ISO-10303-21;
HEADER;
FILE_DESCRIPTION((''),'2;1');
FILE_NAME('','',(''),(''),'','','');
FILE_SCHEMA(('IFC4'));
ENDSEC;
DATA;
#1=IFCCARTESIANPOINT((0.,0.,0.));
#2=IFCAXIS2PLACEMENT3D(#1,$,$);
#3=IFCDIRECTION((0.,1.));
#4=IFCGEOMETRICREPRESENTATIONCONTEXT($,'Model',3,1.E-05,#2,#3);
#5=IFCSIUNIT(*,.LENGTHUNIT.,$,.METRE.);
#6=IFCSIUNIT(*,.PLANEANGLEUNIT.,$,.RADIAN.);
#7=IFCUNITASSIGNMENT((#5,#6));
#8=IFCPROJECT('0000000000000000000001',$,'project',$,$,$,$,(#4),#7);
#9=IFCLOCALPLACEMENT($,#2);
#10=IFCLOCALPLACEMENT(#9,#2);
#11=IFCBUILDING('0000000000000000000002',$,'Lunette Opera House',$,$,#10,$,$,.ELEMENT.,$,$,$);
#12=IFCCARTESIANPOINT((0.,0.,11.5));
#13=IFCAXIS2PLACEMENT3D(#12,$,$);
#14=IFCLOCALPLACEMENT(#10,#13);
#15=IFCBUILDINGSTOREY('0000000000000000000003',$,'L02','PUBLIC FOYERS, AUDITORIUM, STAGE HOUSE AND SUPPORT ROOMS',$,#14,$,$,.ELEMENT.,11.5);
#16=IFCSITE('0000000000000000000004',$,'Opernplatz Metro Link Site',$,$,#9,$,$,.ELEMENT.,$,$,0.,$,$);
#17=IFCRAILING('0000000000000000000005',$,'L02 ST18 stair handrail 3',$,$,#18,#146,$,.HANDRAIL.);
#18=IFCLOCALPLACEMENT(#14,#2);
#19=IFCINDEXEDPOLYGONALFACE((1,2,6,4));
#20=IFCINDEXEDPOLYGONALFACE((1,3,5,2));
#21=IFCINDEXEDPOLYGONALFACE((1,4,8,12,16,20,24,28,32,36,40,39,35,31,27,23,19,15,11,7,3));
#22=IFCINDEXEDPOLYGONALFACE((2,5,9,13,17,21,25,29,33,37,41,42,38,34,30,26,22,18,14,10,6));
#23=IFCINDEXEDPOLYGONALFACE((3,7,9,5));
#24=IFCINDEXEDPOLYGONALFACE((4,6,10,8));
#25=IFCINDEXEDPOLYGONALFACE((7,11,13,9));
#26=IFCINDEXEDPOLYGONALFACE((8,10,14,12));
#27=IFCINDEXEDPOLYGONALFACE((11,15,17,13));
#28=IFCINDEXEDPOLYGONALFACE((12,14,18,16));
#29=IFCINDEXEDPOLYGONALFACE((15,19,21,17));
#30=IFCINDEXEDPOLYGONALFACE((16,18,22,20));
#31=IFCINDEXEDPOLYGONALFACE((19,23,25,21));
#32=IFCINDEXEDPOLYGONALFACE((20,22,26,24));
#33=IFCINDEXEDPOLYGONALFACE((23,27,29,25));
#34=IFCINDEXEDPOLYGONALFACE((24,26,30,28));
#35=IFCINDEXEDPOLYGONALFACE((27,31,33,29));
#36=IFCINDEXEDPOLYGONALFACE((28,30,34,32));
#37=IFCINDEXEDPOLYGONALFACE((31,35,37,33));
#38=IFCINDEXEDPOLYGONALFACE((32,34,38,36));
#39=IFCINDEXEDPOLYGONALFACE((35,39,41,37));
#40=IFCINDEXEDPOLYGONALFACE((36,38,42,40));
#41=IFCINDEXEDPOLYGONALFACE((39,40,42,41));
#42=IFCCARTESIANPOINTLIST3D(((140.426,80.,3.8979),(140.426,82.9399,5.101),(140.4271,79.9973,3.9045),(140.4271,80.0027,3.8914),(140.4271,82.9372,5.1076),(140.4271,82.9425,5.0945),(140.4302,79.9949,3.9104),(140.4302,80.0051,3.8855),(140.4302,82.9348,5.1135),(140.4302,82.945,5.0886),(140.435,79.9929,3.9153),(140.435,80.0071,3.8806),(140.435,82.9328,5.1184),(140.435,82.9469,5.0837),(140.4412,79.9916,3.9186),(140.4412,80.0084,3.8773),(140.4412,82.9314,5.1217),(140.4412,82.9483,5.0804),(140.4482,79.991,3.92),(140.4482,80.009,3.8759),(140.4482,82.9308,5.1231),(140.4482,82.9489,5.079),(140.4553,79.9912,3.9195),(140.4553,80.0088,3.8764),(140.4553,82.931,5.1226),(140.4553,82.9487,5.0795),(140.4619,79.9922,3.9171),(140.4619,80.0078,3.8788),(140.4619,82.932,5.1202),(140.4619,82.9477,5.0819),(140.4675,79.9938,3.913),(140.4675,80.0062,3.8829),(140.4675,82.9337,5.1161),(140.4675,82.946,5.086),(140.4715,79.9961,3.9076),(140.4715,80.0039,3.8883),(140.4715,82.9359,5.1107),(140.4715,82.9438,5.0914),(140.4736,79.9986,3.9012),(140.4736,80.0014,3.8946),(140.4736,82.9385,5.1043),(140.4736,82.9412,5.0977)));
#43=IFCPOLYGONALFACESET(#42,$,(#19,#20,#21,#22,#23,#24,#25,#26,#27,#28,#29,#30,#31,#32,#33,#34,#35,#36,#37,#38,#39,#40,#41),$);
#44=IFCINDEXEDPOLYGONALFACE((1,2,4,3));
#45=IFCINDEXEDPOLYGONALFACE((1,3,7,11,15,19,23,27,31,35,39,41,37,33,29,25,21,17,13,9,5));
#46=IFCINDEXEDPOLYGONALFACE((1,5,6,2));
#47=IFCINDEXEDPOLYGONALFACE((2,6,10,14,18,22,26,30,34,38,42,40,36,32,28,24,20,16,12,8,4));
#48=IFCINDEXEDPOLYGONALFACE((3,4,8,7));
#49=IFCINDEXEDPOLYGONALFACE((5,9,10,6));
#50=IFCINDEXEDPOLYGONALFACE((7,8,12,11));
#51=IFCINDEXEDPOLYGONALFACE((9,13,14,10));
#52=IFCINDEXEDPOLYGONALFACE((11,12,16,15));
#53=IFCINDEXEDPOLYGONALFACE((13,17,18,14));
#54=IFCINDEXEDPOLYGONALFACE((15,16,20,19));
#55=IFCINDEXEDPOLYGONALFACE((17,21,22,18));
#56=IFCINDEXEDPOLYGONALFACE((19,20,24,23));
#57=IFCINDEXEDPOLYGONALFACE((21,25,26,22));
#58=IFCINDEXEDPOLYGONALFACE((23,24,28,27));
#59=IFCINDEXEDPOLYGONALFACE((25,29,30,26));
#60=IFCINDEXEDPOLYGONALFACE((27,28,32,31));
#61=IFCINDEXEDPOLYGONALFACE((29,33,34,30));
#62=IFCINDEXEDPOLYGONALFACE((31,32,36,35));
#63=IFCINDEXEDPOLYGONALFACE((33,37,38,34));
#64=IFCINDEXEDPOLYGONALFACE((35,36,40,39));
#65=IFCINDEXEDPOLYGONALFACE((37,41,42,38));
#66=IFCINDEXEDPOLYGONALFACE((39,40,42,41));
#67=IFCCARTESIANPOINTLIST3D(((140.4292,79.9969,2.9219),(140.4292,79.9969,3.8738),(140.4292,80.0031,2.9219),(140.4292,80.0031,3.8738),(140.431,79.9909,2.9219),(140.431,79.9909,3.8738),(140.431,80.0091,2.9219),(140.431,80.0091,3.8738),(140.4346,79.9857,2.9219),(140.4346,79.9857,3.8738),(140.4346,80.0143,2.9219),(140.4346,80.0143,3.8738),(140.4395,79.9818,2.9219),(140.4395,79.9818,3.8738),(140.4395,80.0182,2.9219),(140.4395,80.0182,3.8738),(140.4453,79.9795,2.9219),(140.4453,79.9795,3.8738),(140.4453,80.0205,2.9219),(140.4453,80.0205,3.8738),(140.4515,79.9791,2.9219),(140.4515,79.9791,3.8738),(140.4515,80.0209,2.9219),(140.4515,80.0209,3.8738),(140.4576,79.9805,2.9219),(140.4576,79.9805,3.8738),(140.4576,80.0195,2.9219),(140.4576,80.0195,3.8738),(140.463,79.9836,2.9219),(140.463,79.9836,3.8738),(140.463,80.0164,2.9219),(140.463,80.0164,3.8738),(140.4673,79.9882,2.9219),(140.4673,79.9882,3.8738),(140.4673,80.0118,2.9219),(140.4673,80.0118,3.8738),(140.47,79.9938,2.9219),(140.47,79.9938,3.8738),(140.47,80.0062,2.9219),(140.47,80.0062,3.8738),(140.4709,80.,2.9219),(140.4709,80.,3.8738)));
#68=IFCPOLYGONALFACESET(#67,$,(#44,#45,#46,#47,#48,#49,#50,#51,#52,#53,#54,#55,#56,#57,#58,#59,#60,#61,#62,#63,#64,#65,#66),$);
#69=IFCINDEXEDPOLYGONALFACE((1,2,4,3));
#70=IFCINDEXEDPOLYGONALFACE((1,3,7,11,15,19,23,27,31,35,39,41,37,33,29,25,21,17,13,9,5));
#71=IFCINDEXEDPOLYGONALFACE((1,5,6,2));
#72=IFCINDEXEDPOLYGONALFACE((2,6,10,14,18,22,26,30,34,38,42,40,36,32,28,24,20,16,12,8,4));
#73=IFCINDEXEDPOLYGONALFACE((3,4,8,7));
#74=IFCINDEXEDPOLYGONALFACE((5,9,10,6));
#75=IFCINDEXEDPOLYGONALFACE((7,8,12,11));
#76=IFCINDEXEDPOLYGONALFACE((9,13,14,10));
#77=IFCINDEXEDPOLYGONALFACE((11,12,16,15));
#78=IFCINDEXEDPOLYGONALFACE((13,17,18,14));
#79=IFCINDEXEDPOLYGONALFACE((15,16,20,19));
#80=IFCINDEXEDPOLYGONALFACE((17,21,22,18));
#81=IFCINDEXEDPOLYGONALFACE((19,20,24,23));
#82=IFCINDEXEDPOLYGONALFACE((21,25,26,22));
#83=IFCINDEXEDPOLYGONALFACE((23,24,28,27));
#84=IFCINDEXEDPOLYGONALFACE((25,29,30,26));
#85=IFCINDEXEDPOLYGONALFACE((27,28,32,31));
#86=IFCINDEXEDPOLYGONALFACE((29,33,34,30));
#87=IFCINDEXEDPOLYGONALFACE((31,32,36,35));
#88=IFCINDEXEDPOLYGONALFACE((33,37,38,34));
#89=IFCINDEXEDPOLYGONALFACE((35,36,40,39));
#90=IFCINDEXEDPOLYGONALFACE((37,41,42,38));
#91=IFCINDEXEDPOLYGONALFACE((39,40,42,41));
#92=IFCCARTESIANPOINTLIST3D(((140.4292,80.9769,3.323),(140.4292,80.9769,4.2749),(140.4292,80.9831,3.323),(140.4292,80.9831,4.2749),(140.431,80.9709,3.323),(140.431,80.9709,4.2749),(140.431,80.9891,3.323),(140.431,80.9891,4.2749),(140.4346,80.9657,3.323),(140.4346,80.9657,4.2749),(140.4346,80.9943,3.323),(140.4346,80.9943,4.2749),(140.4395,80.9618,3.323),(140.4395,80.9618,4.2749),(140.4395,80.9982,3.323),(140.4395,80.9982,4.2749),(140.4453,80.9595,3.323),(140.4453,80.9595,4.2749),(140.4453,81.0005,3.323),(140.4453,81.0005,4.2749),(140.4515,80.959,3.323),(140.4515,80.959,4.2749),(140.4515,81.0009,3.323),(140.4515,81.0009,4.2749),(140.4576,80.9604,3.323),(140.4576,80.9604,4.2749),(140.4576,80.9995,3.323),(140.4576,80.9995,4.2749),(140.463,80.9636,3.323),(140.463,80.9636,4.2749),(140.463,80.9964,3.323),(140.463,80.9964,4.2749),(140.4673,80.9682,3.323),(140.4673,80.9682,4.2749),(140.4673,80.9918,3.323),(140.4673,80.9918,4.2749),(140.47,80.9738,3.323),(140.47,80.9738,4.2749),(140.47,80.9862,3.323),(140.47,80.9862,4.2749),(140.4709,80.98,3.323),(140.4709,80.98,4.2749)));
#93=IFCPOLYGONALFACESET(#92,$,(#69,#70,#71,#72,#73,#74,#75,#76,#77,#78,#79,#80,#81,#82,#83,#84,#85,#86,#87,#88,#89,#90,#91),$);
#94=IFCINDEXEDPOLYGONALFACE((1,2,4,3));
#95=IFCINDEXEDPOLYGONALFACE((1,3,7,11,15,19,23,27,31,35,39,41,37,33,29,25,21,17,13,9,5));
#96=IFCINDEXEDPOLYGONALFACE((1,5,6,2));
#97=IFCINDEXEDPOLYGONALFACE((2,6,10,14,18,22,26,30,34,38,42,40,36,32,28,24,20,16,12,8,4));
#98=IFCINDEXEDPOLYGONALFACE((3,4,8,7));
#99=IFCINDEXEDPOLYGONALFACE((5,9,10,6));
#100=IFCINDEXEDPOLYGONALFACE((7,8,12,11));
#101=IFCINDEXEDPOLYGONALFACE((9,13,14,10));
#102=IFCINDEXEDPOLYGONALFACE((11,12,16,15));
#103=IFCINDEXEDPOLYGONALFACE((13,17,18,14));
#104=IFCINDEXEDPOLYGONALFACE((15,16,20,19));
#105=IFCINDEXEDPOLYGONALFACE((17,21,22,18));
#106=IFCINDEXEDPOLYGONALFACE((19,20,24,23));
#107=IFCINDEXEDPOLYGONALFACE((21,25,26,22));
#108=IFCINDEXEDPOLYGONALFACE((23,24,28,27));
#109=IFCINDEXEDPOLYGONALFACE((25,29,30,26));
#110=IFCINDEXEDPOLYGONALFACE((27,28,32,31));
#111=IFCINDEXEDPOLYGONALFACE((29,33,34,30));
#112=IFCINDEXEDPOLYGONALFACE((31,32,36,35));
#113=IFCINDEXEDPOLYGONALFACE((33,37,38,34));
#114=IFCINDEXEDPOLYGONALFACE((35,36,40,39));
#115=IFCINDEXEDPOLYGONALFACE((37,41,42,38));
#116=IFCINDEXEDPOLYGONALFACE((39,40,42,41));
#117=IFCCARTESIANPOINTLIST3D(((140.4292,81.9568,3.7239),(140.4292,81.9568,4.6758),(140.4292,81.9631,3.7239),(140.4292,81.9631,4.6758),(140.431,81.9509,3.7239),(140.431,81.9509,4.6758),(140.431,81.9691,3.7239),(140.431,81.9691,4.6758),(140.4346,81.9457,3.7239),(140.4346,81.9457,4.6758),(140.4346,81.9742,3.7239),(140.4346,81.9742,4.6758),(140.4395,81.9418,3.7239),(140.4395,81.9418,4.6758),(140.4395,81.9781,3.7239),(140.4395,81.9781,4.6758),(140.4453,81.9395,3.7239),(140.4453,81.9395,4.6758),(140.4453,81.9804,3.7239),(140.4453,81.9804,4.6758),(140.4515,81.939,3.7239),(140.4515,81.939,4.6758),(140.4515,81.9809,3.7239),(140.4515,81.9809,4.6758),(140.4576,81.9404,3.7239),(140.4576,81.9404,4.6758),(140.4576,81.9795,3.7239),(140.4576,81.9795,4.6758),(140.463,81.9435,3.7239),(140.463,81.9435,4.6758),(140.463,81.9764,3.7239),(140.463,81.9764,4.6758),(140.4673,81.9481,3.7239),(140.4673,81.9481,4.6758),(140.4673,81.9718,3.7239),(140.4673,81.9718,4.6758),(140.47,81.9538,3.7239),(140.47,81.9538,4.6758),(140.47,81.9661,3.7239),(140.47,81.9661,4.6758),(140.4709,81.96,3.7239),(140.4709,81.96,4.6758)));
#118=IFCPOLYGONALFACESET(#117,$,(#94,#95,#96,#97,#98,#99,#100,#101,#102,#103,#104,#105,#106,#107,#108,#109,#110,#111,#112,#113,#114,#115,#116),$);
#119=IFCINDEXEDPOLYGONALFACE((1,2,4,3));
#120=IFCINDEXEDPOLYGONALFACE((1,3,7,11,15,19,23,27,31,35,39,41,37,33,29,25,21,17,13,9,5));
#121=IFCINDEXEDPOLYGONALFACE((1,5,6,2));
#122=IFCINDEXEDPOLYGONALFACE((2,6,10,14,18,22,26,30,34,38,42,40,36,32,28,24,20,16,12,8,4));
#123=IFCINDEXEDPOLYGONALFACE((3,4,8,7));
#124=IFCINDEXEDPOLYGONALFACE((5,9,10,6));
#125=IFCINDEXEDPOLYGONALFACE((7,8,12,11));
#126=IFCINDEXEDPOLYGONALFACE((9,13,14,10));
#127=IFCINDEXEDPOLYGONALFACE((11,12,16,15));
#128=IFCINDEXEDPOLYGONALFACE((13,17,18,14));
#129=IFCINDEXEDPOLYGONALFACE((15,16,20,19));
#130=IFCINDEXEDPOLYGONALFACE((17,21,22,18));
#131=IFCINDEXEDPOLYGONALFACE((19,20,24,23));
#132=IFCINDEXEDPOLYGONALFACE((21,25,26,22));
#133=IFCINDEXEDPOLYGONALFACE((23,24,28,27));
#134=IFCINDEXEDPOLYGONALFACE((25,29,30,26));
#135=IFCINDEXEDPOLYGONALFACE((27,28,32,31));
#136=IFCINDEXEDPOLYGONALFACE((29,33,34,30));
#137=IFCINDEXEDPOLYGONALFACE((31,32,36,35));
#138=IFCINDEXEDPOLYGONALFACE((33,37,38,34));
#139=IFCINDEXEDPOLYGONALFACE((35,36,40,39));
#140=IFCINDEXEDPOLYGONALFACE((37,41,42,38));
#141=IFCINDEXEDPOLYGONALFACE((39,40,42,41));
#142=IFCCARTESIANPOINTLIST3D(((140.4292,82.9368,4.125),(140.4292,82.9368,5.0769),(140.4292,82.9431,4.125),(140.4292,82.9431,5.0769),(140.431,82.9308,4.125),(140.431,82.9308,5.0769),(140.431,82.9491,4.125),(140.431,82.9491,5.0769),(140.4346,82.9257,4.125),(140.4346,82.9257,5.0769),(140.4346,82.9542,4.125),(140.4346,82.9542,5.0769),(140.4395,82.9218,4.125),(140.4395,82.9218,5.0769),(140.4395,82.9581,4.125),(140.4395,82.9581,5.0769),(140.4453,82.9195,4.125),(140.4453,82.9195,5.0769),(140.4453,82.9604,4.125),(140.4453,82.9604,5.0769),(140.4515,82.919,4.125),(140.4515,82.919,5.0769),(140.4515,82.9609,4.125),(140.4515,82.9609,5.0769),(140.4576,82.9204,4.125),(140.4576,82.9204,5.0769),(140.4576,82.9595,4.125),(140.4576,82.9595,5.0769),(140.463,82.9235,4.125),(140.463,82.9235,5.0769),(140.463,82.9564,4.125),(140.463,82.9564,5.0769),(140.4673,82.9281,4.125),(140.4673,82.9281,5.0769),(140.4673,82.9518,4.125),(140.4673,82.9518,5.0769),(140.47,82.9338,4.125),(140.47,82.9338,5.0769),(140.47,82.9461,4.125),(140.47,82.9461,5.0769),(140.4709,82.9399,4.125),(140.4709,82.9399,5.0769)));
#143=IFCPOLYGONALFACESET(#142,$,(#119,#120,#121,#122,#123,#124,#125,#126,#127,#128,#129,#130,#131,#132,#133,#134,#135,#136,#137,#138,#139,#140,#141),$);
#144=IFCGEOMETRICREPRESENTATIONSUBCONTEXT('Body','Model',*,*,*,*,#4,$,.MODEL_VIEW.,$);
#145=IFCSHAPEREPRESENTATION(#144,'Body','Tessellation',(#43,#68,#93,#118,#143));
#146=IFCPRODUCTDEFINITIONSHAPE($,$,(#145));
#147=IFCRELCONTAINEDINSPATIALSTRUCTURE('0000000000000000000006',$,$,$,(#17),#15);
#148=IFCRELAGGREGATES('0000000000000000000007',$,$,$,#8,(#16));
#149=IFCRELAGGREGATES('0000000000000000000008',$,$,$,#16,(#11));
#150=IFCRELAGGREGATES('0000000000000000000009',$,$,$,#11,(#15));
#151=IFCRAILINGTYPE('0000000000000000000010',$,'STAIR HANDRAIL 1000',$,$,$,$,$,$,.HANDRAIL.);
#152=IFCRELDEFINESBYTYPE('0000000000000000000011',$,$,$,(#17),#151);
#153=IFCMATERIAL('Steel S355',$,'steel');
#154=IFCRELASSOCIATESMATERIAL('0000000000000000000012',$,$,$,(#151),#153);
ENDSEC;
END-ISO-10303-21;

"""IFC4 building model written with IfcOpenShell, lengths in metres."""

from ifc_helpers import new_model, si_unit, direction, frame, origin, origin_2d, place, context, subcontext, project, spatial, circle, extrude, material, type_object, element, save


model = new_model("IFC4")

# Units and contexts
model_context = context("Model", 3, precision=1e-05, world=origin(), true_north=direction((0.0, 1.0)))
body_context = subcontext(model_context, "Body", "Model", "MODEL_VIEW")
ifc_project = project(units=[si_unit("LENGTHUNIT", "METRE"), si_unit("PLANEANGLEUNIT", "RADIAN")], contexts=[model_context])

# Site, building, storey
site_placement = place(None, origin())
site = spatial("IfcSite", under=ifc_project, at=site_placement, Name="Opernplatz Metro Link Site", CompositionType="ELEMENT", RefElevation=0.0)
building_placement = place(site_placement, origin())
building = spatial("IfcBuilding", under=site, at=building_placement, Name="Lunette Opera House", CompositionType="ELEMENT")
storey_placement = place(building_placement, frame((0.0, 0.0, 11.5)))
storey = spatial("IfcBuildingStorey", under=building, at=storey_placement, Name="L02", Description="PUBLIC FOYERS, AUDITORIUM, STAGE HOUSE AND SUPPORT ROOMS", CompositionType="ELEMENT", Elevation=11.5)

# Railing
ifc_material_1 = material(Name="Steel S355", Category="steel")
railing_type_1 = type_object("IfcRailingType", Name="STAIR HANDRAIL 1000", PredefinedType="HANDRAIL", material=ifc_material_1)
railing_1_placement = place(storey_placement, frame((140.45, 80.0, 2.9219)))
element("IfcRailing", 1, at=railing_1_placement, inside=storey, type_object=railing_type_1, Name="L02 ST18 stair handrail 3", PredefinedType="HANDRAIL", context=body_context, shape_type="SweptSolid", body=[
    extrude(circle(Radius=0.0239, at=origin_2d()), frame((0.0, 0.0, 0.9761), z_axis=(0.0, 0.9255, 0.378747), x_axis=(-1.0, 0.0, 0.0)), (0.0, 0.0, 1.0), 3.1765),
    extrude(circle(Radius=0.021, at=origin_2d()), origin(), (0.0, 0.0, 1.0), 0.9519),
    extrude(circle(Radius=0.021, at=origin_2d()), frame((0.0, 0.98, 0.4011)), (0.0, 0.0, 1.0), 0.9519),
    extrude(circle(Radius=0.021, at=origin_2d()), frame((0.0, 1.96, 0.802)), (0.0, 0.0, 1.0), 0.9519),
    extrude(circle(Radius=0.021, at=origin_2d()), frame((0.0, 2.9399, 1.2031)), (0.0, 0.0, 1.0), 0.9519),
])

save(model, "model.ifc")
